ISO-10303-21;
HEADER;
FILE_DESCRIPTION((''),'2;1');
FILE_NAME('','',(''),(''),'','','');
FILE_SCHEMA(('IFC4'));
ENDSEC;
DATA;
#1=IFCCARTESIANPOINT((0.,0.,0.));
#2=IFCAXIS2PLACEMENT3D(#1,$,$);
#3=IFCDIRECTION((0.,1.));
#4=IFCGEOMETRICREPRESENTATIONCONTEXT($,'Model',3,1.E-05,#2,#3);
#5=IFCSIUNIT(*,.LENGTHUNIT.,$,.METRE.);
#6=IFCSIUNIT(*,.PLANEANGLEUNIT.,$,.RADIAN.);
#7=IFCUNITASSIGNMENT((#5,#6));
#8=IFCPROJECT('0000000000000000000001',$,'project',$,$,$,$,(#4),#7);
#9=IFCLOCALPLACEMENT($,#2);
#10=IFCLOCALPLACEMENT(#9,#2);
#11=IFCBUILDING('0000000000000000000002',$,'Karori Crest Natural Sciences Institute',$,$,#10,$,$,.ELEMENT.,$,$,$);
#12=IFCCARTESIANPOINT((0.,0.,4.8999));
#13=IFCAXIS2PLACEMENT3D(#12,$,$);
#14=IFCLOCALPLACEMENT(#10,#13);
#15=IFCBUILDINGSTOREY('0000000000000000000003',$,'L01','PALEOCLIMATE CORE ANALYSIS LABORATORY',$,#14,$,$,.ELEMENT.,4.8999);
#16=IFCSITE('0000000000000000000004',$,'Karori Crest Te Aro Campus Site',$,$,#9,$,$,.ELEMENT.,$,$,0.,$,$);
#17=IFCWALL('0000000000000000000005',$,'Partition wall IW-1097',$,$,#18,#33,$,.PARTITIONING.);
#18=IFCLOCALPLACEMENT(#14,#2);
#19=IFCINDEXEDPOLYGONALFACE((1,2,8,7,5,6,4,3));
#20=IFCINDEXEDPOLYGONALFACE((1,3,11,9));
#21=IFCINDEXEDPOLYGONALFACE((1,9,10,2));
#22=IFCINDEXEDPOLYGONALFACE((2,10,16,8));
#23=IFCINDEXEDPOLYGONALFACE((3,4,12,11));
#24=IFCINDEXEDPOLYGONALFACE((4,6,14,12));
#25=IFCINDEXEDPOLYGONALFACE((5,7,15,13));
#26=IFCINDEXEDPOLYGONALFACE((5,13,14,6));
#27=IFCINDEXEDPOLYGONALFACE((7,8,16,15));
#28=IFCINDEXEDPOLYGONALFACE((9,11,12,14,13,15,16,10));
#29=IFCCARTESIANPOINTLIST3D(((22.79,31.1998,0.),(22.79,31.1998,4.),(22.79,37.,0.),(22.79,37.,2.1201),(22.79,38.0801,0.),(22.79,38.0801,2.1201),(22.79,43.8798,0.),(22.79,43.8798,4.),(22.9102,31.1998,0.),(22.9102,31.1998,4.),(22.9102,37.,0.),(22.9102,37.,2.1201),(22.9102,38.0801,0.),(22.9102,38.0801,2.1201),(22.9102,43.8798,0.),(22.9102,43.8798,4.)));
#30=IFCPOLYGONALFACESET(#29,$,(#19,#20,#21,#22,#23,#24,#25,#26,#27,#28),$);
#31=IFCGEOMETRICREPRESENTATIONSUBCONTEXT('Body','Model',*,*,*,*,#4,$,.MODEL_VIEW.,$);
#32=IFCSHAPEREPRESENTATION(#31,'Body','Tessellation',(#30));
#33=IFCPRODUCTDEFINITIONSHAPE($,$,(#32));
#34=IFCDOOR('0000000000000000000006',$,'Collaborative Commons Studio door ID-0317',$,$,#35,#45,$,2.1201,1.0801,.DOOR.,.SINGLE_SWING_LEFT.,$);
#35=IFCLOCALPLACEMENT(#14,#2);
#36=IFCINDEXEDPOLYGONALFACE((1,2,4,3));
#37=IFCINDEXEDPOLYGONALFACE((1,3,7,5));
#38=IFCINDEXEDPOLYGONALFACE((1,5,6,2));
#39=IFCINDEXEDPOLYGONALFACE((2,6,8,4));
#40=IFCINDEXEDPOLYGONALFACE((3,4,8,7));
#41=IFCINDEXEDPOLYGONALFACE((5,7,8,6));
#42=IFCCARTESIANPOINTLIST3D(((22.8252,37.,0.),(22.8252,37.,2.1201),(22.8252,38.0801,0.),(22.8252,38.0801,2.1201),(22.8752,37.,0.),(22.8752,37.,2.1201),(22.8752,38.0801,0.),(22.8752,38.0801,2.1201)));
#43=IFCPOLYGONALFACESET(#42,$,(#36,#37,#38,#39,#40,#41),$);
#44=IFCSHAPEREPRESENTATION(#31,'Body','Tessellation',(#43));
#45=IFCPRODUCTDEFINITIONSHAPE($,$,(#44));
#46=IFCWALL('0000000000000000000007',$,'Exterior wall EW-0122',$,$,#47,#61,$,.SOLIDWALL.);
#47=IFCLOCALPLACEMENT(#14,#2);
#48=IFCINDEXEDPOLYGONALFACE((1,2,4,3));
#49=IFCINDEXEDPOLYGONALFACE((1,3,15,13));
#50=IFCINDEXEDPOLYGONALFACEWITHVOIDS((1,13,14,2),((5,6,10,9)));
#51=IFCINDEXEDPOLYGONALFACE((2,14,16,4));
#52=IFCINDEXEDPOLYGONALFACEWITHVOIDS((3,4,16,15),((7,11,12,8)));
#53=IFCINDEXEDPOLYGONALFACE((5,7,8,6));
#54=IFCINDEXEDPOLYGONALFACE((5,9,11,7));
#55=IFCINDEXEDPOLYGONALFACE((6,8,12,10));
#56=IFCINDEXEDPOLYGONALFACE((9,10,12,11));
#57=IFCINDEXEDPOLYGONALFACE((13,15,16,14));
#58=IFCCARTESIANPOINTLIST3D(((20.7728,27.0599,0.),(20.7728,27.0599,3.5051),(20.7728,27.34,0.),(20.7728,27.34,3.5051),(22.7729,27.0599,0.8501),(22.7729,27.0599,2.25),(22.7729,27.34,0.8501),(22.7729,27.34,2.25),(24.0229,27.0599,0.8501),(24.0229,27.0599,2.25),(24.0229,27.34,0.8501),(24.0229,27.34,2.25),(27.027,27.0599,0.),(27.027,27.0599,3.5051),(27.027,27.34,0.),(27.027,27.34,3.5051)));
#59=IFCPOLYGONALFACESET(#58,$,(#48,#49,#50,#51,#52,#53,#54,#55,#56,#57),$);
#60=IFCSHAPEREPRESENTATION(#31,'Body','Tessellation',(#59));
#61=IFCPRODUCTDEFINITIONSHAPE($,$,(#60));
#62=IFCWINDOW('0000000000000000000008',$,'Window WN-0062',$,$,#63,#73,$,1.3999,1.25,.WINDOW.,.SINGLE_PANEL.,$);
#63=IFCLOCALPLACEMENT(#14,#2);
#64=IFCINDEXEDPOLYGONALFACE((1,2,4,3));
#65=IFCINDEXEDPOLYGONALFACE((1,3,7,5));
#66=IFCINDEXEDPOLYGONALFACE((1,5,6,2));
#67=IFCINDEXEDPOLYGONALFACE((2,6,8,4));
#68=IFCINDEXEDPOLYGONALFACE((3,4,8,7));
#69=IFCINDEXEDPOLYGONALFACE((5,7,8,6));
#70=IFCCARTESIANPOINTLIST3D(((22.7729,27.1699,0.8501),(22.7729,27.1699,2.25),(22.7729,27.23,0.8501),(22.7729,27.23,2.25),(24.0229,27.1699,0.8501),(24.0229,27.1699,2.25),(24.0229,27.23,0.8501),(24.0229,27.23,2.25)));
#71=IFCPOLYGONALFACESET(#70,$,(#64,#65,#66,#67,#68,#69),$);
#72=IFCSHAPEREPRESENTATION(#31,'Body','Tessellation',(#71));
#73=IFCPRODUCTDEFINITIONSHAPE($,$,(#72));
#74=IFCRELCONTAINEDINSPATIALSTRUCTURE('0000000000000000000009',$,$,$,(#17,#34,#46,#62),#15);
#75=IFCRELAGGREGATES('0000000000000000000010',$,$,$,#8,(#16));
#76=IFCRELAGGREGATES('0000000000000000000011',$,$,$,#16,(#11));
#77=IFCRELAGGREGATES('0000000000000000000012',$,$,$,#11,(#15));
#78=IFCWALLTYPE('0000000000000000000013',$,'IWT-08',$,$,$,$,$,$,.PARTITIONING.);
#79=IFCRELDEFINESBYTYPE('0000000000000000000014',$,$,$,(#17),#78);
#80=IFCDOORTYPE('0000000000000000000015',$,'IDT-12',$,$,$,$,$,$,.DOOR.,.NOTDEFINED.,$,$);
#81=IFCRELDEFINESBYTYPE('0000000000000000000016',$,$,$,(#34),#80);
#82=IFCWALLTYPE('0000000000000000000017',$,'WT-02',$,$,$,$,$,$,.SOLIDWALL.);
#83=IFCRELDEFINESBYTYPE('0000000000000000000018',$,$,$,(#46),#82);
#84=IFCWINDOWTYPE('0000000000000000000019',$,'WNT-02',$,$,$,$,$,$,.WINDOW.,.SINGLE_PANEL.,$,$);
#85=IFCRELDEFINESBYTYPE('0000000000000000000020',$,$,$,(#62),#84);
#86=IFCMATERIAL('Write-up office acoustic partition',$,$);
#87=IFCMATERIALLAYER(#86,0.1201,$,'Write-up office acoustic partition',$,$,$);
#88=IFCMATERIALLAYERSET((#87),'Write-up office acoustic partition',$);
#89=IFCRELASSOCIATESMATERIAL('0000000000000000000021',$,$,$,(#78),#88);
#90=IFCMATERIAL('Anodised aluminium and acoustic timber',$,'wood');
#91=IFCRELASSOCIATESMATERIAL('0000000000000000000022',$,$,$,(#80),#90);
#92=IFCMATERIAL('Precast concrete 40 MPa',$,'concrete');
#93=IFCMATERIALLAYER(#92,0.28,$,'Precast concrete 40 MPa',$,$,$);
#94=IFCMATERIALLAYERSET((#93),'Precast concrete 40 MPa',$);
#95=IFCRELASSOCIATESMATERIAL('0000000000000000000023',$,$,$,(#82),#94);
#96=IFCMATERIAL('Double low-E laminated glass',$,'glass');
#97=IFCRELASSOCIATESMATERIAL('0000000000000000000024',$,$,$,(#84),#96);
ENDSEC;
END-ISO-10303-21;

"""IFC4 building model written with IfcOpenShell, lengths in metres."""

from ifc_helpers import new_model, si_unit, direction, frame, frame_2d, origin, place, context, subcontext, project, spatial, rectangle, extrude, material, layer, layer_set, type_object, element, fill, save


model = new_model("IFC4")

# Units and contexts
model_context = context("Model", 3, precision=1e-05, world=origin(), true_north=direction((0.0, 1.0)))
body_context = subcontext(model_context, "Body", "Model", "MODEL_VIEW")
ifc_project = project(units=[si_unit("LENGTHUNIT", "METRE"), si_unit("PLANEANGLEUNIT", "RADIAN")], contexts=[model_context])

# Site, building, storey
site_placement = place(None, origin())
site = spatial("IfcSite", under=ifc_project, at=site_placement, Name="Karori Crest Te Aro Campus Site", CompositionType="ELEMENT", RefElevation=0.0)
building_placement = place(site_placement, origin())
building = spatial("IfcBuilding", under=site, at=building_placement, Name="Karori Crest Natural Sciences Institute", CompositionType="ELEMENT")
storey_placement = place(building_placement, frame((0.0, 0.0, 4.8999)))
storey = spatial("IfcBuildingStorey", under=building, at=storey_placement, Name="L01", Description="PALEOCLIMATE CORE ANALYSIS LABORATORY", CompositionType="ELEMENT", Elevation=4.8999)

# Shared definitions
ifc_material_1 = material(Name="Double low-E laminated glass", Category="glass")

# Shared definitions
ifc_material_2 = material(Name="Write-up office acoustic partition")
ifc_layer_1 = layer(ifc_material_2, 0.1201, Name="Write-up office acoustic partition")
ifc_layer_set_1 = layer_set([ifc_layer_1], Name="Write-up office acoustic partition")
wall_type_1 = type_object("IfcWallType", Name="IWT-08", PredefinedType="PARTITIONING", material=ifc_layer_set_1)

# Wall, opening, door
wall_1_placement = place(storey_placement, frame((22.8501, 31.2, 0.0), z_axis=(0.0, 0.0, 1.0), x_axis=(0.0, 1.0, 0.0)))
wall_1 = element("IfcWall", 1, at=wall_1_placement, inside=storey, type_object=wall_type_1, Name="Partition wall IW-1097", PredefinedType="PARTITIONING", context=body_context, shape_type="SweptSolid", body=[
    extrude(rectangle(XDim=12.6799, YDim=0.1201, at=frame_2d((6.3398, 0.0))), origin(), (0.0, 0.0, 1.0), 4.0),
])
opening_1_placement = place(wall_1_placement, frame((5.8, 0.0, 0.0)))
opening_1 = element("IfcOpeningElement", 2, at=opening_1_placement, cuts=wall_1, PredefinedType="OPENING", context=body_context, shape_type="SweptSolid", body=[
    extrude(rectangle(XDim=1.0801, YDim=2.1201, at=frame_2d((0.54, 1.0601))), frame((0.0, 0.0701, 0.0), z_axis=(0.0, -1.0, 0.0), x_axis=(1.0, 0.0, 0.0)), (0.0, 0.0, 1.0), 0.1401),
])
ifc_material_3 = material(Name="Anodised aluminium and acoustic timber", Category="wood")
door_type = type_object("IfcDoorType", Name="IDT-12", OperationType="NOTDEFINED", PredefinedType="DOOR", material=ifc_material_3)
door_placement = place(opening_1_placement, origin())
door = element("IfcDoor", 3, at=door_placement, inside=storey, type_object=door_type, Name="Collaborative Commons Studio door ID-0317", OperationType="SINGLE_SWING_LEFT", OverallHeight=2.1201, OverallWidth=1.0801, PredefinedType="DOOR", context=body_context, shape_type="SweptSolid", body=[
    extrude(rectangle(XDim=1.0801, YDim=2.1201, at=frame_2d((0.54, 1.0601))), frame((0.0, 0.0249, 0.0), z_axis=(0.0, -1.0, 0.0), x_axis=(1.0, 0.0, 0.0)), (0.0, 0.0, 1.0), 0.05),
])
fill(opening_1, door)

# Wall, opening, window
ifc_material_4 = material(Name="Precast concrete 40 MPa", Category="concrete")
ifc_layer_2 = layer(ifc_material_4, 0.28, Name="Precast concrete 40 MPa")
ifc_layer_set_2 = layer_set([ifc_layer_2], Name="Precast concrete 40 MPa")
wall_type_2 = type_object("IfcWallType", Name="WT-02", PredefinedType="SOLIDWALL", material=ifc_layer_set_2)
wall_2_placement = place(storey_placement, frame((20.7729, 27.2, 0.0), z_axis=(0.0, 0.0, 1.0), x_axis=(1.0, 0.0, 0.0)))
wall_2 = element("IfcWall", 4, at=wall_2_placement, inside=storey, type_object=wall_type_2, Name="Exterior wall EW-0122", PredefinedType="SOLIDWALL", context=body_context, shape_type="SweptSolid", body=[
    extrude(rectangle(XDim=6.2542, YDim=0.28, at=frame_2d((3.127, 0.0))), origin(), (0.0, 0.0, 1.0), 3.5051),
])
opening_2_placement = place(wall_2_placement, frame((2.0, 0.0, 0.8501)))
opening_2 = element("IfcOpeningElement", 5, at=opening_2_placement, cuts=wall_2, PredefinedType="OPENING", context=body_context, shape_type="SweptSolid", body=[
    extrude(rectangle(XDim=1.25, YDim=1.3999, at=frame_2d((0.625, 0.7))), frame((0.0, 0.1499, 0.0), z_axis=(0.0, -1.0, 0.0), x_axis=(1.0, 0.0, 0.0)), (0.0, 0.0, 1.0), 0.3),
])
window_type = type_object("IfcWindowType", Name="WNT-02", PartitioningType="SINGLE_PANEL", PredefinedType="WINDOW", material=ifc_material_1)
window_placement = place(opening_2_placement, origin())
window = element("IfcWindow", 6, at=window_placement, inside=storey, type_object=window_type, Name="Window WN-0062", OverallHeight=1.3999, OverallWidth=1.25, PartitioningType="SINGLE_PANEL", PredefinedType="WINDOW", context=body_context, shape_type="SweptSolid", body=[
    extrude(rectangle(XDim=1.25, YDim=1.3999, at=frame_2d((0.625, 0.7))), frame((0.0, 0.03, 0.0), z_axis=(0.0, -1.0, 0.0), x_axis=(1.0, 0.0, 0.0)), (0.0, 0.0, 1.0), 0.0601),
])
fill(opening_2, window)

save(model, "model.ifc")
